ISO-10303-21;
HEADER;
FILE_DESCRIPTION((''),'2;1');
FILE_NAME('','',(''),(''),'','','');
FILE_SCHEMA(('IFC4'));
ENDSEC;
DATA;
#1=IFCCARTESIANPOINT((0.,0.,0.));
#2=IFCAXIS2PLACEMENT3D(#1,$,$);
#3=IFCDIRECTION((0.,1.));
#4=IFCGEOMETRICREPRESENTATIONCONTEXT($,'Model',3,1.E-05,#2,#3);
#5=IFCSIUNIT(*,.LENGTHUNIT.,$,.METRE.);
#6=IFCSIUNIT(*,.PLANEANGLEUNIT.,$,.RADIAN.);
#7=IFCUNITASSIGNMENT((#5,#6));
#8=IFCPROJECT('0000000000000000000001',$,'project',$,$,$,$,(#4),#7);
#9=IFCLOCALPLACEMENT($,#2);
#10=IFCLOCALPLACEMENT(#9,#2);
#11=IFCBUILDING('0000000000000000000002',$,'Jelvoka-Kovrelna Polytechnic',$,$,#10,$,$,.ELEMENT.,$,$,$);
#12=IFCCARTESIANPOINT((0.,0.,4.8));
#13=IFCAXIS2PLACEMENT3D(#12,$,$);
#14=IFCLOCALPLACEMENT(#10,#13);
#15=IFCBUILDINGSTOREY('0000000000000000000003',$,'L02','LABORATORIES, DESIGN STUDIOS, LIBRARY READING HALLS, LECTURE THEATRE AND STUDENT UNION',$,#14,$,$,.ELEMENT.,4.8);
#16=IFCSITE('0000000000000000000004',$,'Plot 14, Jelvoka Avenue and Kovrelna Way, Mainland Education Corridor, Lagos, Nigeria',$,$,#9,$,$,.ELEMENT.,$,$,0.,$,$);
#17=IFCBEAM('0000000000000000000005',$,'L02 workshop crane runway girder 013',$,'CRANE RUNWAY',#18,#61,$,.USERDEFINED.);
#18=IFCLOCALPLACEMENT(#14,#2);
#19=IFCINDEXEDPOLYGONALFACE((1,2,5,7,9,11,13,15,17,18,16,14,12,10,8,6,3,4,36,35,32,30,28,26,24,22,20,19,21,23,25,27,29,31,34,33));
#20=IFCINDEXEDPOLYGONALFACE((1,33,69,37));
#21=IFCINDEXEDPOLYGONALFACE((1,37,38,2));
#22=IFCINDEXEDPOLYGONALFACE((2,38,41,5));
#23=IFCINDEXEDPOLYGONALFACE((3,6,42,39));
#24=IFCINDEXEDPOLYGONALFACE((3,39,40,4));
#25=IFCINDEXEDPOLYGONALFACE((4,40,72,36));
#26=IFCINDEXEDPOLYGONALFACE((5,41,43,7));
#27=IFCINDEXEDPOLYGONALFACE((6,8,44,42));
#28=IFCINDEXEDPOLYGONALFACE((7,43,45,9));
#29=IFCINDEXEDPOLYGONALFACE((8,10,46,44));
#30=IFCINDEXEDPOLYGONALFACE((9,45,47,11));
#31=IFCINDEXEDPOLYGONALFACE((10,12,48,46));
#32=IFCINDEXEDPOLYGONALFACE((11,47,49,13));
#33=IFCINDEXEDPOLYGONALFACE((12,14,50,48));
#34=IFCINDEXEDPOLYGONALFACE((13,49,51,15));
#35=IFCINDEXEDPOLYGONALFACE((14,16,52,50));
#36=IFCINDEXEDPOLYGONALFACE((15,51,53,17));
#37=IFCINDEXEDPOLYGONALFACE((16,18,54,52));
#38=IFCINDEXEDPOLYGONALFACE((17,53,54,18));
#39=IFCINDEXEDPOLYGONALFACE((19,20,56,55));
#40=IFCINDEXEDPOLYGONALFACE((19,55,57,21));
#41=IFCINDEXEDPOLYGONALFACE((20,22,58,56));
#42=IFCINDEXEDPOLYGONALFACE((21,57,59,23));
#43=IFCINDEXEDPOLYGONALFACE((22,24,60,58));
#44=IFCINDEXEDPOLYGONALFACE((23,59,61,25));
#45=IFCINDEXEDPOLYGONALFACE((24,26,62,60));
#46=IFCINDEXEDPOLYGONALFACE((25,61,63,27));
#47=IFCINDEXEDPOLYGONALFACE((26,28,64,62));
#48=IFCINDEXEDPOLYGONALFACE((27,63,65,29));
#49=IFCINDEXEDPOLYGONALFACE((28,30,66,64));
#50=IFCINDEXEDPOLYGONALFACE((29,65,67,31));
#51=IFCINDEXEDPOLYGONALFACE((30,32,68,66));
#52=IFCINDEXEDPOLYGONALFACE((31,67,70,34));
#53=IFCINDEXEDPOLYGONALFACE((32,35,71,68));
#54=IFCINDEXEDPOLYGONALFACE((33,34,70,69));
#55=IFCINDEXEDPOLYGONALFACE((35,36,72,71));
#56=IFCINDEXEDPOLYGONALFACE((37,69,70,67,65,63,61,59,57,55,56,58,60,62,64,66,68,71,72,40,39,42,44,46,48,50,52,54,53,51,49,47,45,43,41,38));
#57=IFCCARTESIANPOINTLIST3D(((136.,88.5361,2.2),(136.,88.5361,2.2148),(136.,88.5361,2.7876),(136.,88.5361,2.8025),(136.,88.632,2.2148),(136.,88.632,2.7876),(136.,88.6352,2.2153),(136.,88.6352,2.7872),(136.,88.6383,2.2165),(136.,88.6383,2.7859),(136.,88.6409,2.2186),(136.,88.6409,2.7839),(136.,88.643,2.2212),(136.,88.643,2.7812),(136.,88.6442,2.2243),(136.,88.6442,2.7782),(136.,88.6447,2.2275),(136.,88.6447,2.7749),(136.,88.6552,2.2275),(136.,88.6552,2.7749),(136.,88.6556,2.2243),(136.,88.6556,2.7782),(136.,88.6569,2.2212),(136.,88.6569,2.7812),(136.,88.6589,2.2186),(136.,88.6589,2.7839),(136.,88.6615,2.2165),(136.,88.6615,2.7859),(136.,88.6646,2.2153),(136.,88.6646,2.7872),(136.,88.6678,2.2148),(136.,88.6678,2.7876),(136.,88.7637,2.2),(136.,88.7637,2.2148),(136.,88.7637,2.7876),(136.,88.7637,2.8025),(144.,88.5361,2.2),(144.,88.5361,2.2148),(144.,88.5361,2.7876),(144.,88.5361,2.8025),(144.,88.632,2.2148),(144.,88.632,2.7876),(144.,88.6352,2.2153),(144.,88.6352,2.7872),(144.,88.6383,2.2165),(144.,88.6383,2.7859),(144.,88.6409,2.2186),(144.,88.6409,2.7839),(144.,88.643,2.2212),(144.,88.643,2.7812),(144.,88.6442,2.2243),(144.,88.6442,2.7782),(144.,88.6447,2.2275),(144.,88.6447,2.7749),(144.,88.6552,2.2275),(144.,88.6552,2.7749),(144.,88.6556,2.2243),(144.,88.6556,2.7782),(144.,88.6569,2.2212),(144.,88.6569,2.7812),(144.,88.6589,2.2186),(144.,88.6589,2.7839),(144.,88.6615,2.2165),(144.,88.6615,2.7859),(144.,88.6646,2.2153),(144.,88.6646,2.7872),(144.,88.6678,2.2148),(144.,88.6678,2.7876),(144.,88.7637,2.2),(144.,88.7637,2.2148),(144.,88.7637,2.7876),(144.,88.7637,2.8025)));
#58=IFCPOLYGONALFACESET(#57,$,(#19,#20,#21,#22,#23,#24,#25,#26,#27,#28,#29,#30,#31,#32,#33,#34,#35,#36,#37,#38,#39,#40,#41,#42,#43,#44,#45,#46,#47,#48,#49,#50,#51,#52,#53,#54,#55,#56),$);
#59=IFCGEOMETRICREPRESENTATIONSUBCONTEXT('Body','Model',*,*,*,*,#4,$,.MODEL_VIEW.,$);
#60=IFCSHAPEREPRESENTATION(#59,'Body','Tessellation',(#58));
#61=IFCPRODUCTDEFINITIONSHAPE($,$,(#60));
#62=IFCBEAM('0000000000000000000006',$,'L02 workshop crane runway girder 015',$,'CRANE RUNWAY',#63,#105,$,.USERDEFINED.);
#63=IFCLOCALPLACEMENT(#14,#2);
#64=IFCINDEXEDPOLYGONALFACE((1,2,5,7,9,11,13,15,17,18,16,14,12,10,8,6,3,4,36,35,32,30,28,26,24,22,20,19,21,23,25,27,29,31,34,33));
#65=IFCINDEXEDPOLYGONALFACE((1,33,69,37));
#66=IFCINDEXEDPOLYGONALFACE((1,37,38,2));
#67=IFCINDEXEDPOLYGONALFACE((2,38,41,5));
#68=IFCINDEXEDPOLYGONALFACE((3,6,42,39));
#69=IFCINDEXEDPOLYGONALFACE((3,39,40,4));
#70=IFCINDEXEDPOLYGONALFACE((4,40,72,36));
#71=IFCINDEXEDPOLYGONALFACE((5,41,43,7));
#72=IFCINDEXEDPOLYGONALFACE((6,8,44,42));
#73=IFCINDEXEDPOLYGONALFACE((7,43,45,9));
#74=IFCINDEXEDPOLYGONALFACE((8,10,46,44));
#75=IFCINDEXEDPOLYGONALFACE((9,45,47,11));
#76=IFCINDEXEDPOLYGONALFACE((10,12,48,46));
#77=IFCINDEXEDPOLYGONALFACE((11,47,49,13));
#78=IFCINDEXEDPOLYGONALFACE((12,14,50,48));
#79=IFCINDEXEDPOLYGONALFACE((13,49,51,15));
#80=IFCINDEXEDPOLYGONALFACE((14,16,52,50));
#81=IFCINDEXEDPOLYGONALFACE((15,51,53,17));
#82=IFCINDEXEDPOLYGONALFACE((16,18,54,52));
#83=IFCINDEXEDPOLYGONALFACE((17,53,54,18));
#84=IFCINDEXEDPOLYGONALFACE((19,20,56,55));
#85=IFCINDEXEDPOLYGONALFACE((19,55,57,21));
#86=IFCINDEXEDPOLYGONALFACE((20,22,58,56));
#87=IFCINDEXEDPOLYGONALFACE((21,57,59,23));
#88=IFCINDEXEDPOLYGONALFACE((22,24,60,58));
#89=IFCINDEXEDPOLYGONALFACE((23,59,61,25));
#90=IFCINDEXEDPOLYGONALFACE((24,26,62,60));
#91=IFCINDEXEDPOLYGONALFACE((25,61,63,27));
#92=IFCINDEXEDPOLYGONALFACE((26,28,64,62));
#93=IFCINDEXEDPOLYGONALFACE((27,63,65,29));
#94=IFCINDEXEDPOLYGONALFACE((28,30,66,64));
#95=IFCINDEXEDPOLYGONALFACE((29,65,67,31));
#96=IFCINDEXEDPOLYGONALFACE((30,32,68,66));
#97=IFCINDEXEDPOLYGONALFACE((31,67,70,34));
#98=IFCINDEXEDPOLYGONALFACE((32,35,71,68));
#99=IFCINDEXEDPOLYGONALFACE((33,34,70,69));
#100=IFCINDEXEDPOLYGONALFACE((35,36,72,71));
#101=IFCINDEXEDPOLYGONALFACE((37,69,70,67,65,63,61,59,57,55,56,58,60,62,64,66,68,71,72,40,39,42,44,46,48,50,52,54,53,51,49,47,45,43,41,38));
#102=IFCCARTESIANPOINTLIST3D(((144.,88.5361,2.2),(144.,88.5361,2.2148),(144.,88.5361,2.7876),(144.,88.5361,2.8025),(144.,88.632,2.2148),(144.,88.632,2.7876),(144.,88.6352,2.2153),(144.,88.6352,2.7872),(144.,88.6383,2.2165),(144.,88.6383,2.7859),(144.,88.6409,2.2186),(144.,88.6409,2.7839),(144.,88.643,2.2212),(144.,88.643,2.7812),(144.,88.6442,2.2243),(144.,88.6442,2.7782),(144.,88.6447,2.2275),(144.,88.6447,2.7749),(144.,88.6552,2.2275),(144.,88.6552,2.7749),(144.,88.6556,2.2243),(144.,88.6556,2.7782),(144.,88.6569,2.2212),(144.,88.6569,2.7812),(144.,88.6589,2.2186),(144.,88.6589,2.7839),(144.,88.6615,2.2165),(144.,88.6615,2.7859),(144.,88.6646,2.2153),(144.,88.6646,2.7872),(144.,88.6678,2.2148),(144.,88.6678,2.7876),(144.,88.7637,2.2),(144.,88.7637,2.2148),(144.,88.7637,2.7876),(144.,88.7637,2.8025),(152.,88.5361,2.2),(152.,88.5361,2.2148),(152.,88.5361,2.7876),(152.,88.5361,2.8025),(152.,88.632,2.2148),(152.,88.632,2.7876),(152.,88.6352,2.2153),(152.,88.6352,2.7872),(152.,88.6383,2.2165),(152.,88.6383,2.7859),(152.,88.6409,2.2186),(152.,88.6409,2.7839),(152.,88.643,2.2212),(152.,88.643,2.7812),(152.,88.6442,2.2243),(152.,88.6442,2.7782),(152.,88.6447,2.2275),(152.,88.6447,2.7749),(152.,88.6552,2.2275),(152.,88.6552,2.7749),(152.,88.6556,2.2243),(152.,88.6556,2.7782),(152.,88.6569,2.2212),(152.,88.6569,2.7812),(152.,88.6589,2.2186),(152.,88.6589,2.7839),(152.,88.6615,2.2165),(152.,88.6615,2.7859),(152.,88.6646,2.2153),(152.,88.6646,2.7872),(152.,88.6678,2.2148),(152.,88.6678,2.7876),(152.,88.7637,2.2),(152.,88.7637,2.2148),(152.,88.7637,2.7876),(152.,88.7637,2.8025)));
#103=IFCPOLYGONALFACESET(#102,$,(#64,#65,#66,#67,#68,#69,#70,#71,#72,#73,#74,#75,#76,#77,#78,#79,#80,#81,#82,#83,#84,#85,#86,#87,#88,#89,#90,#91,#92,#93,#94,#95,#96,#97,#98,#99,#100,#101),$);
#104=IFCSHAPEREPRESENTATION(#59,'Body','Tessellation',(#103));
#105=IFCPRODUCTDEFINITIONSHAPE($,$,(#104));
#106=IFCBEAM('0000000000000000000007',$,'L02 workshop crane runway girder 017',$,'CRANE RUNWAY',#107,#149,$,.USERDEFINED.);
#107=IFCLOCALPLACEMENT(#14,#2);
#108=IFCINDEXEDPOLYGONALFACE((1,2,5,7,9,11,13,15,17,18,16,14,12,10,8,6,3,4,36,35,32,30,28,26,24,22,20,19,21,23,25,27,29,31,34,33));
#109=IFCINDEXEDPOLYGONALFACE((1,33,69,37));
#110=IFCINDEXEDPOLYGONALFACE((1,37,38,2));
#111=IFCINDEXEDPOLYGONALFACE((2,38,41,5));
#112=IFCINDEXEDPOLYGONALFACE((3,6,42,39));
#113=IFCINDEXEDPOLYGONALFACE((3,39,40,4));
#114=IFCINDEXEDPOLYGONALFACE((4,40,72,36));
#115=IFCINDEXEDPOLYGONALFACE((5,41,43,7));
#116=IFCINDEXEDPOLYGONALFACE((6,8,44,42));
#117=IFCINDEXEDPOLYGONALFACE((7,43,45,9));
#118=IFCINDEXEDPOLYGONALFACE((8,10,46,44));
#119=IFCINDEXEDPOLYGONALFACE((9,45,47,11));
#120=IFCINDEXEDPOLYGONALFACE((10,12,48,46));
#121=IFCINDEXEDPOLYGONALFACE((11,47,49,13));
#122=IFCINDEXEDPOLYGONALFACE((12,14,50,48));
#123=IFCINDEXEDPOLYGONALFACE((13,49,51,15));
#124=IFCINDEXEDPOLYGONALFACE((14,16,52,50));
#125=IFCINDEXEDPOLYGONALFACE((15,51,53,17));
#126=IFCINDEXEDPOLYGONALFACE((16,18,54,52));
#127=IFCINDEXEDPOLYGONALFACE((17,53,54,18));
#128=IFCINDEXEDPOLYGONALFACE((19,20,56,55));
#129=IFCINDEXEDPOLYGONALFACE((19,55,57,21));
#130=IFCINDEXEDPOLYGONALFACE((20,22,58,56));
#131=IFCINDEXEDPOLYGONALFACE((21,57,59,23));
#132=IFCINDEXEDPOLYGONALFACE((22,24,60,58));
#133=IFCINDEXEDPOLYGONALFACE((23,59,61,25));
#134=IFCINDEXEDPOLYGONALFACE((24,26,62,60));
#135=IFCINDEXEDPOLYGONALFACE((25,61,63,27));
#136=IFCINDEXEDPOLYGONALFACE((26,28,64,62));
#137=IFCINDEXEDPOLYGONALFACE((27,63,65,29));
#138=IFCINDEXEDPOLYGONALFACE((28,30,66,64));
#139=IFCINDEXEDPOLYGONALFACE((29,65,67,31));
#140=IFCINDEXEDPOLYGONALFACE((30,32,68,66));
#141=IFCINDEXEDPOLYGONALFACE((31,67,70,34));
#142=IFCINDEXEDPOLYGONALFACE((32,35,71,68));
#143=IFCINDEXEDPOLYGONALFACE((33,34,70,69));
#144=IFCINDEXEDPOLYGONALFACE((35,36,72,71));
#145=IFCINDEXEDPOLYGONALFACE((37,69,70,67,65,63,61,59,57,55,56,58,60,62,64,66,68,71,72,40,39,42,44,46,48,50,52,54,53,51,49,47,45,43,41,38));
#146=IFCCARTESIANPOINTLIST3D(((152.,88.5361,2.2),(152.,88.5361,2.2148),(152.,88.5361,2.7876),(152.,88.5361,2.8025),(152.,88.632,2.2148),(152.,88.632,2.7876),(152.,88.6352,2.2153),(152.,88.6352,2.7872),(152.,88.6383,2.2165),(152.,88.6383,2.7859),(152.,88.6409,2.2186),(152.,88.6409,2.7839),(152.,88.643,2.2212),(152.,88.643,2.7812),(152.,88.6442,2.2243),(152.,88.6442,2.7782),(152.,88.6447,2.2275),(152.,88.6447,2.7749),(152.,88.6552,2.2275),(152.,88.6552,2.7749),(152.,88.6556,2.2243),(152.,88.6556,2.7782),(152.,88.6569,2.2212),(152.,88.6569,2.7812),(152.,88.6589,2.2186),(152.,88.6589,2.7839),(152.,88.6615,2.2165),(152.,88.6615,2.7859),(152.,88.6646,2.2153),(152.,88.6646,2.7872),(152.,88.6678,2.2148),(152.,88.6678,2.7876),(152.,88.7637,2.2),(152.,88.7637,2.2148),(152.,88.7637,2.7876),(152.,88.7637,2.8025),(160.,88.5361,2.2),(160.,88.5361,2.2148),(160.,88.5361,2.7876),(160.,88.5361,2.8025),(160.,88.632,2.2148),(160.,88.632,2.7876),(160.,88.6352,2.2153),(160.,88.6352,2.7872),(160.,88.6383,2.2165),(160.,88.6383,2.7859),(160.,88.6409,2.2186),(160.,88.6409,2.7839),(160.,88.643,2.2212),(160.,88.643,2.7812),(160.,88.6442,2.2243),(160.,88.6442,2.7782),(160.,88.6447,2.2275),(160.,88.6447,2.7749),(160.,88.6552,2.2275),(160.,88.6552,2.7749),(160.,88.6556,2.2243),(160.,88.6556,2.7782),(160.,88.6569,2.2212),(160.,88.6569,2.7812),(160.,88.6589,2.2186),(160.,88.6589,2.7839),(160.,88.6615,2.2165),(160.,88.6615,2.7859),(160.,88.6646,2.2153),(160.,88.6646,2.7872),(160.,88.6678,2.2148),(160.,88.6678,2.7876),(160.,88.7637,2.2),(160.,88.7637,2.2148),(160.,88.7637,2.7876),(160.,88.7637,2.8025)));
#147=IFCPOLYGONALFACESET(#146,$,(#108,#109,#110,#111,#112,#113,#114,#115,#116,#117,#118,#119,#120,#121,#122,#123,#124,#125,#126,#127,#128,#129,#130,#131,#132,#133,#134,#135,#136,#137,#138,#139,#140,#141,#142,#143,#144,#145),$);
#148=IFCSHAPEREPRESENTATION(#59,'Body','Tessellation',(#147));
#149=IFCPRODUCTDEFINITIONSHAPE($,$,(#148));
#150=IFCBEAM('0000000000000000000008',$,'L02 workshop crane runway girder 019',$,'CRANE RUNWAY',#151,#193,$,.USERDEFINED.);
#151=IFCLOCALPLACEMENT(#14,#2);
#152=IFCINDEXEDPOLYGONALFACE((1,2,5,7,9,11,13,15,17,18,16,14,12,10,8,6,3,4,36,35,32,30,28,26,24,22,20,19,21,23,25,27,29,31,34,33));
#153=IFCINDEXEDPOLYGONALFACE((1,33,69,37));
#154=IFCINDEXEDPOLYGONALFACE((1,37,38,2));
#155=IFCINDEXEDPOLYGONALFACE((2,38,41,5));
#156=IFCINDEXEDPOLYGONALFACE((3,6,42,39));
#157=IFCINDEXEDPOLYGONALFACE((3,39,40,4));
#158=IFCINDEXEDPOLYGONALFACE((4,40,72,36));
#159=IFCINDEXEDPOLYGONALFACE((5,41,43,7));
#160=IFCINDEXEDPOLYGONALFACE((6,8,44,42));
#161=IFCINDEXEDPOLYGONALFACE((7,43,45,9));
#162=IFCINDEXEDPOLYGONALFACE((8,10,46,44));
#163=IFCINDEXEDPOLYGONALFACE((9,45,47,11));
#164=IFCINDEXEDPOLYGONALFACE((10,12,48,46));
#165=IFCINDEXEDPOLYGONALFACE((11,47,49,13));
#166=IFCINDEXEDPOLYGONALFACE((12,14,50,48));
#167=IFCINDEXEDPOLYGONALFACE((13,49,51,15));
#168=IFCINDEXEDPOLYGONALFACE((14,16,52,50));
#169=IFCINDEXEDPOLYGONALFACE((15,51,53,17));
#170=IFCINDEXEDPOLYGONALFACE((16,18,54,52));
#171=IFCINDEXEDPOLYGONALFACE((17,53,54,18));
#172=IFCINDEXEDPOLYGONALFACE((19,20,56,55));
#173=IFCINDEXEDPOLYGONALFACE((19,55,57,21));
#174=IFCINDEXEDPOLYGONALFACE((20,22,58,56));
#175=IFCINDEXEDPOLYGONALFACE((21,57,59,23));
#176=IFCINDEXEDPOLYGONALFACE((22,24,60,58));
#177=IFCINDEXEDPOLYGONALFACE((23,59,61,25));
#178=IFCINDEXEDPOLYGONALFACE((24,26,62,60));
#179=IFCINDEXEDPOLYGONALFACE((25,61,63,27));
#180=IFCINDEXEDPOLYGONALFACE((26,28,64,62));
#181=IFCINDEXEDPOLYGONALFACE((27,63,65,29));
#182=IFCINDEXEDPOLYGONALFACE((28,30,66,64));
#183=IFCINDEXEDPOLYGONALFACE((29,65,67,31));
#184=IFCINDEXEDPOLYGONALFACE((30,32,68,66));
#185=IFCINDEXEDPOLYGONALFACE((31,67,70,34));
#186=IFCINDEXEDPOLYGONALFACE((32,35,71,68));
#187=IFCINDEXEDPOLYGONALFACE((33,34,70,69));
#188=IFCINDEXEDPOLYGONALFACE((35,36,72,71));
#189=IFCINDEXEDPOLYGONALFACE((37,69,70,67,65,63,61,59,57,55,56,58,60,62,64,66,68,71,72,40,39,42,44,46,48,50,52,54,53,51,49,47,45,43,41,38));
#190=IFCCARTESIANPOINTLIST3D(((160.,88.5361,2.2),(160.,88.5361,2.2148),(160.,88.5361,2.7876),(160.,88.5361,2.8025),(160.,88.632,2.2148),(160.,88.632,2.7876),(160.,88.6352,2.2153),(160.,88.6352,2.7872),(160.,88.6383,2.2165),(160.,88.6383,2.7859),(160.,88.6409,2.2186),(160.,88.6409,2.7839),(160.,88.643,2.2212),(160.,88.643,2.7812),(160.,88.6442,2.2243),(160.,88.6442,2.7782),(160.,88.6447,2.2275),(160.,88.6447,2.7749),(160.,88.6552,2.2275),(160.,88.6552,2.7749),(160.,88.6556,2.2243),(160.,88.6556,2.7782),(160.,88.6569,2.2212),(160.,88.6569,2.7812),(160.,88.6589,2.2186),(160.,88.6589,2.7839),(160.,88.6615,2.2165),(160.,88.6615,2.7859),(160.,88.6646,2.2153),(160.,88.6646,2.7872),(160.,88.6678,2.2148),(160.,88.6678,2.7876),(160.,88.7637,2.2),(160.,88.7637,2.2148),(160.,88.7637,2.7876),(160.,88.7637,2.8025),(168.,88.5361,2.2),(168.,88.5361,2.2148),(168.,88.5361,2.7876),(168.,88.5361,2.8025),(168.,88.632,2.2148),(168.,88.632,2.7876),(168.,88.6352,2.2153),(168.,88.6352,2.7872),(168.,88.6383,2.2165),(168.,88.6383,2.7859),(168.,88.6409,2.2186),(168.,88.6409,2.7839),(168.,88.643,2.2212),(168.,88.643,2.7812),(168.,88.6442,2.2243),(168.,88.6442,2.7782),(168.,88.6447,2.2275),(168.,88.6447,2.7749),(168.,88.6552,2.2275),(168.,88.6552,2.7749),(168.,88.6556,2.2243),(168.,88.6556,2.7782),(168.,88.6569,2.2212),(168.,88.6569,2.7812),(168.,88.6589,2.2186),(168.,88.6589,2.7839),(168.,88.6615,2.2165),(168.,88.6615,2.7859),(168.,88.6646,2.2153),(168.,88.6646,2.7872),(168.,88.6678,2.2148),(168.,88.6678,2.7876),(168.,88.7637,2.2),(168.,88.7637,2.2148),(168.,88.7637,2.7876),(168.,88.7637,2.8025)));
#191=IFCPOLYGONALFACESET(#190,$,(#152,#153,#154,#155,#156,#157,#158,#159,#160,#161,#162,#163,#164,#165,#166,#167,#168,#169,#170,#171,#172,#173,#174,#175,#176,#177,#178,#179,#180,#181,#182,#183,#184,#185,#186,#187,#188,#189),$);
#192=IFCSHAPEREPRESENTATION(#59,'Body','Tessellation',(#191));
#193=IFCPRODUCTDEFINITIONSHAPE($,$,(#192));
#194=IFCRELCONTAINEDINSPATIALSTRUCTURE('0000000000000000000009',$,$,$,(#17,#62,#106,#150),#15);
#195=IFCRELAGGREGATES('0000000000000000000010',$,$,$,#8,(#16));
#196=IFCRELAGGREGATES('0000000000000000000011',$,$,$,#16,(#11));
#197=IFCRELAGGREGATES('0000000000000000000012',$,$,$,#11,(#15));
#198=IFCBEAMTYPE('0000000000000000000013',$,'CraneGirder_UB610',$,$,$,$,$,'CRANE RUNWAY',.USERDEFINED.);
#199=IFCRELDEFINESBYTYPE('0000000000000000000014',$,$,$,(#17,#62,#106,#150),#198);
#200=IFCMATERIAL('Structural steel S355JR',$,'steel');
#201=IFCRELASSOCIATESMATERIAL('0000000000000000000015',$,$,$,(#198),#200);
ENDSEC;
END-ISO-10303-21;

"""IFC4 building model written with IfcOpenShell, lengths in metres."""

from ifc_helpers import new_model, si_unit, direction, frame, origin, origin_2d, place, context, subcontext, project, spatial, i_section, extrude, material, material_profile, profile_set, type_object, element, save


model = new_model("IFC4")

# Units and contexts
model_context = context("Model", 3, precision=1e-05, world=origin(), true_north=direction((0.0, 1.0)))
body_context = subcontext(model_context, "Body", "Model", "MODEL_VIEW")
ifc_project = project(units=[si_unit("LENGTHUNIT", "METRE"), si_unit("PLANEANGLEUNIT", "RADIAN")], contexts=[model_context])

# Site, building, storey
site_placement = place(None, origin())
site = spatial("IfcSite", under=ifc_project, at=site_placement, Name="Plot 14, Jelvoka Avenue and Kovrelna Way, Mainland Education Corridor, Lagos, Nigeria", CompositionType="ELEMENT", RefElevation=0.0)
building_placement = place(site_placement, origin())
building = spatial("IfcBuilding", under=site, at=building_placement, Name="Jelvoka-Kovrelna Polytechnic", CompositionType="ELEMENT")
storey_placement = place(building_placement, frame((0.0, 0.0, 4.8)))
storey = spatial("IfcBuildingStorey", under=building, at=storey_placement, Name="L02", Description="LABORATORIES, DESIGN STUDIOS, LIBRARY READING HALLS, LECTURE THEATRE AND STUDENT UNION", CompositionType="ELEMENT", Elevation=4.8)

# Beams
ifc_material_1 = material(Name="Structural steel S355JR", Category="steel")
ifc_material_profile_1 = material_profile(ifc_material_1, i_section(OverallWidth=0.2275, OverallDepth=0.6025, WebThickness=0.0105, FlangeThickness=0.0149, FilletRadius=0.0127, at=origin_2d()), Name="610x229x101 UB")
ifc_profile_set_1 = profile_set([ifc_material_profile_1], Name="Structural steel S355JR")
beam_type_1 = type_object("IfcBeamType", Name="CraneGirder_UB610", ElementType="CRANE RUNWAY", PredefinedType="USERDEFINED", material=ifc_profile_set_1)
for number, where, z_axis, x_axis, name in (
    (1, (136.0, 88.6499, 2.5012), (1.0, 0.0, 0.0), (0.0, 1.0, 0.0), "L02 workshop crane runway girder 013"),
    (2, (144.0, 88.6499, 2.5012), (1.0, 0.0, 0.0), (0.0, 1.0, 0.0), "L02 workshop crane runway girder 015"),
    (3, (152.0, 88.6499, 2.5012), (1.0, 0.0, 0.0), (0.0, 1.0, 0.0), "L02 workshop crane runway girder 017"),
    (4, (160.0, 88.6499, 2.5012), (1.0, 0.0, 0.0), (0.0, 1.0, 0.0), "L02 workshop crane runway girder 019"),
):
    element("IfcBeam", number, at=place(storey_placement, frame(where, z_axis=z_axis, x_axis=x_axis)), inside=storey, type_object=beam_type_1, Name=name, ObjectType="CRANE RUNWAY", PredefinedType="USERDEFINED", context=body_context, shape_type="SweptSolid", body=[
        extrude(i_section(OverallWidth=0.2275, OverallDepth=0.6025, WebThickness=0.0105, FlangeThickness=0.0149, FilletRadius=0.0127, at=origin_2d()), origin(), (0.0, 0.0, 1.0), 8.0),
    ])

save(model, "model.ifc")
